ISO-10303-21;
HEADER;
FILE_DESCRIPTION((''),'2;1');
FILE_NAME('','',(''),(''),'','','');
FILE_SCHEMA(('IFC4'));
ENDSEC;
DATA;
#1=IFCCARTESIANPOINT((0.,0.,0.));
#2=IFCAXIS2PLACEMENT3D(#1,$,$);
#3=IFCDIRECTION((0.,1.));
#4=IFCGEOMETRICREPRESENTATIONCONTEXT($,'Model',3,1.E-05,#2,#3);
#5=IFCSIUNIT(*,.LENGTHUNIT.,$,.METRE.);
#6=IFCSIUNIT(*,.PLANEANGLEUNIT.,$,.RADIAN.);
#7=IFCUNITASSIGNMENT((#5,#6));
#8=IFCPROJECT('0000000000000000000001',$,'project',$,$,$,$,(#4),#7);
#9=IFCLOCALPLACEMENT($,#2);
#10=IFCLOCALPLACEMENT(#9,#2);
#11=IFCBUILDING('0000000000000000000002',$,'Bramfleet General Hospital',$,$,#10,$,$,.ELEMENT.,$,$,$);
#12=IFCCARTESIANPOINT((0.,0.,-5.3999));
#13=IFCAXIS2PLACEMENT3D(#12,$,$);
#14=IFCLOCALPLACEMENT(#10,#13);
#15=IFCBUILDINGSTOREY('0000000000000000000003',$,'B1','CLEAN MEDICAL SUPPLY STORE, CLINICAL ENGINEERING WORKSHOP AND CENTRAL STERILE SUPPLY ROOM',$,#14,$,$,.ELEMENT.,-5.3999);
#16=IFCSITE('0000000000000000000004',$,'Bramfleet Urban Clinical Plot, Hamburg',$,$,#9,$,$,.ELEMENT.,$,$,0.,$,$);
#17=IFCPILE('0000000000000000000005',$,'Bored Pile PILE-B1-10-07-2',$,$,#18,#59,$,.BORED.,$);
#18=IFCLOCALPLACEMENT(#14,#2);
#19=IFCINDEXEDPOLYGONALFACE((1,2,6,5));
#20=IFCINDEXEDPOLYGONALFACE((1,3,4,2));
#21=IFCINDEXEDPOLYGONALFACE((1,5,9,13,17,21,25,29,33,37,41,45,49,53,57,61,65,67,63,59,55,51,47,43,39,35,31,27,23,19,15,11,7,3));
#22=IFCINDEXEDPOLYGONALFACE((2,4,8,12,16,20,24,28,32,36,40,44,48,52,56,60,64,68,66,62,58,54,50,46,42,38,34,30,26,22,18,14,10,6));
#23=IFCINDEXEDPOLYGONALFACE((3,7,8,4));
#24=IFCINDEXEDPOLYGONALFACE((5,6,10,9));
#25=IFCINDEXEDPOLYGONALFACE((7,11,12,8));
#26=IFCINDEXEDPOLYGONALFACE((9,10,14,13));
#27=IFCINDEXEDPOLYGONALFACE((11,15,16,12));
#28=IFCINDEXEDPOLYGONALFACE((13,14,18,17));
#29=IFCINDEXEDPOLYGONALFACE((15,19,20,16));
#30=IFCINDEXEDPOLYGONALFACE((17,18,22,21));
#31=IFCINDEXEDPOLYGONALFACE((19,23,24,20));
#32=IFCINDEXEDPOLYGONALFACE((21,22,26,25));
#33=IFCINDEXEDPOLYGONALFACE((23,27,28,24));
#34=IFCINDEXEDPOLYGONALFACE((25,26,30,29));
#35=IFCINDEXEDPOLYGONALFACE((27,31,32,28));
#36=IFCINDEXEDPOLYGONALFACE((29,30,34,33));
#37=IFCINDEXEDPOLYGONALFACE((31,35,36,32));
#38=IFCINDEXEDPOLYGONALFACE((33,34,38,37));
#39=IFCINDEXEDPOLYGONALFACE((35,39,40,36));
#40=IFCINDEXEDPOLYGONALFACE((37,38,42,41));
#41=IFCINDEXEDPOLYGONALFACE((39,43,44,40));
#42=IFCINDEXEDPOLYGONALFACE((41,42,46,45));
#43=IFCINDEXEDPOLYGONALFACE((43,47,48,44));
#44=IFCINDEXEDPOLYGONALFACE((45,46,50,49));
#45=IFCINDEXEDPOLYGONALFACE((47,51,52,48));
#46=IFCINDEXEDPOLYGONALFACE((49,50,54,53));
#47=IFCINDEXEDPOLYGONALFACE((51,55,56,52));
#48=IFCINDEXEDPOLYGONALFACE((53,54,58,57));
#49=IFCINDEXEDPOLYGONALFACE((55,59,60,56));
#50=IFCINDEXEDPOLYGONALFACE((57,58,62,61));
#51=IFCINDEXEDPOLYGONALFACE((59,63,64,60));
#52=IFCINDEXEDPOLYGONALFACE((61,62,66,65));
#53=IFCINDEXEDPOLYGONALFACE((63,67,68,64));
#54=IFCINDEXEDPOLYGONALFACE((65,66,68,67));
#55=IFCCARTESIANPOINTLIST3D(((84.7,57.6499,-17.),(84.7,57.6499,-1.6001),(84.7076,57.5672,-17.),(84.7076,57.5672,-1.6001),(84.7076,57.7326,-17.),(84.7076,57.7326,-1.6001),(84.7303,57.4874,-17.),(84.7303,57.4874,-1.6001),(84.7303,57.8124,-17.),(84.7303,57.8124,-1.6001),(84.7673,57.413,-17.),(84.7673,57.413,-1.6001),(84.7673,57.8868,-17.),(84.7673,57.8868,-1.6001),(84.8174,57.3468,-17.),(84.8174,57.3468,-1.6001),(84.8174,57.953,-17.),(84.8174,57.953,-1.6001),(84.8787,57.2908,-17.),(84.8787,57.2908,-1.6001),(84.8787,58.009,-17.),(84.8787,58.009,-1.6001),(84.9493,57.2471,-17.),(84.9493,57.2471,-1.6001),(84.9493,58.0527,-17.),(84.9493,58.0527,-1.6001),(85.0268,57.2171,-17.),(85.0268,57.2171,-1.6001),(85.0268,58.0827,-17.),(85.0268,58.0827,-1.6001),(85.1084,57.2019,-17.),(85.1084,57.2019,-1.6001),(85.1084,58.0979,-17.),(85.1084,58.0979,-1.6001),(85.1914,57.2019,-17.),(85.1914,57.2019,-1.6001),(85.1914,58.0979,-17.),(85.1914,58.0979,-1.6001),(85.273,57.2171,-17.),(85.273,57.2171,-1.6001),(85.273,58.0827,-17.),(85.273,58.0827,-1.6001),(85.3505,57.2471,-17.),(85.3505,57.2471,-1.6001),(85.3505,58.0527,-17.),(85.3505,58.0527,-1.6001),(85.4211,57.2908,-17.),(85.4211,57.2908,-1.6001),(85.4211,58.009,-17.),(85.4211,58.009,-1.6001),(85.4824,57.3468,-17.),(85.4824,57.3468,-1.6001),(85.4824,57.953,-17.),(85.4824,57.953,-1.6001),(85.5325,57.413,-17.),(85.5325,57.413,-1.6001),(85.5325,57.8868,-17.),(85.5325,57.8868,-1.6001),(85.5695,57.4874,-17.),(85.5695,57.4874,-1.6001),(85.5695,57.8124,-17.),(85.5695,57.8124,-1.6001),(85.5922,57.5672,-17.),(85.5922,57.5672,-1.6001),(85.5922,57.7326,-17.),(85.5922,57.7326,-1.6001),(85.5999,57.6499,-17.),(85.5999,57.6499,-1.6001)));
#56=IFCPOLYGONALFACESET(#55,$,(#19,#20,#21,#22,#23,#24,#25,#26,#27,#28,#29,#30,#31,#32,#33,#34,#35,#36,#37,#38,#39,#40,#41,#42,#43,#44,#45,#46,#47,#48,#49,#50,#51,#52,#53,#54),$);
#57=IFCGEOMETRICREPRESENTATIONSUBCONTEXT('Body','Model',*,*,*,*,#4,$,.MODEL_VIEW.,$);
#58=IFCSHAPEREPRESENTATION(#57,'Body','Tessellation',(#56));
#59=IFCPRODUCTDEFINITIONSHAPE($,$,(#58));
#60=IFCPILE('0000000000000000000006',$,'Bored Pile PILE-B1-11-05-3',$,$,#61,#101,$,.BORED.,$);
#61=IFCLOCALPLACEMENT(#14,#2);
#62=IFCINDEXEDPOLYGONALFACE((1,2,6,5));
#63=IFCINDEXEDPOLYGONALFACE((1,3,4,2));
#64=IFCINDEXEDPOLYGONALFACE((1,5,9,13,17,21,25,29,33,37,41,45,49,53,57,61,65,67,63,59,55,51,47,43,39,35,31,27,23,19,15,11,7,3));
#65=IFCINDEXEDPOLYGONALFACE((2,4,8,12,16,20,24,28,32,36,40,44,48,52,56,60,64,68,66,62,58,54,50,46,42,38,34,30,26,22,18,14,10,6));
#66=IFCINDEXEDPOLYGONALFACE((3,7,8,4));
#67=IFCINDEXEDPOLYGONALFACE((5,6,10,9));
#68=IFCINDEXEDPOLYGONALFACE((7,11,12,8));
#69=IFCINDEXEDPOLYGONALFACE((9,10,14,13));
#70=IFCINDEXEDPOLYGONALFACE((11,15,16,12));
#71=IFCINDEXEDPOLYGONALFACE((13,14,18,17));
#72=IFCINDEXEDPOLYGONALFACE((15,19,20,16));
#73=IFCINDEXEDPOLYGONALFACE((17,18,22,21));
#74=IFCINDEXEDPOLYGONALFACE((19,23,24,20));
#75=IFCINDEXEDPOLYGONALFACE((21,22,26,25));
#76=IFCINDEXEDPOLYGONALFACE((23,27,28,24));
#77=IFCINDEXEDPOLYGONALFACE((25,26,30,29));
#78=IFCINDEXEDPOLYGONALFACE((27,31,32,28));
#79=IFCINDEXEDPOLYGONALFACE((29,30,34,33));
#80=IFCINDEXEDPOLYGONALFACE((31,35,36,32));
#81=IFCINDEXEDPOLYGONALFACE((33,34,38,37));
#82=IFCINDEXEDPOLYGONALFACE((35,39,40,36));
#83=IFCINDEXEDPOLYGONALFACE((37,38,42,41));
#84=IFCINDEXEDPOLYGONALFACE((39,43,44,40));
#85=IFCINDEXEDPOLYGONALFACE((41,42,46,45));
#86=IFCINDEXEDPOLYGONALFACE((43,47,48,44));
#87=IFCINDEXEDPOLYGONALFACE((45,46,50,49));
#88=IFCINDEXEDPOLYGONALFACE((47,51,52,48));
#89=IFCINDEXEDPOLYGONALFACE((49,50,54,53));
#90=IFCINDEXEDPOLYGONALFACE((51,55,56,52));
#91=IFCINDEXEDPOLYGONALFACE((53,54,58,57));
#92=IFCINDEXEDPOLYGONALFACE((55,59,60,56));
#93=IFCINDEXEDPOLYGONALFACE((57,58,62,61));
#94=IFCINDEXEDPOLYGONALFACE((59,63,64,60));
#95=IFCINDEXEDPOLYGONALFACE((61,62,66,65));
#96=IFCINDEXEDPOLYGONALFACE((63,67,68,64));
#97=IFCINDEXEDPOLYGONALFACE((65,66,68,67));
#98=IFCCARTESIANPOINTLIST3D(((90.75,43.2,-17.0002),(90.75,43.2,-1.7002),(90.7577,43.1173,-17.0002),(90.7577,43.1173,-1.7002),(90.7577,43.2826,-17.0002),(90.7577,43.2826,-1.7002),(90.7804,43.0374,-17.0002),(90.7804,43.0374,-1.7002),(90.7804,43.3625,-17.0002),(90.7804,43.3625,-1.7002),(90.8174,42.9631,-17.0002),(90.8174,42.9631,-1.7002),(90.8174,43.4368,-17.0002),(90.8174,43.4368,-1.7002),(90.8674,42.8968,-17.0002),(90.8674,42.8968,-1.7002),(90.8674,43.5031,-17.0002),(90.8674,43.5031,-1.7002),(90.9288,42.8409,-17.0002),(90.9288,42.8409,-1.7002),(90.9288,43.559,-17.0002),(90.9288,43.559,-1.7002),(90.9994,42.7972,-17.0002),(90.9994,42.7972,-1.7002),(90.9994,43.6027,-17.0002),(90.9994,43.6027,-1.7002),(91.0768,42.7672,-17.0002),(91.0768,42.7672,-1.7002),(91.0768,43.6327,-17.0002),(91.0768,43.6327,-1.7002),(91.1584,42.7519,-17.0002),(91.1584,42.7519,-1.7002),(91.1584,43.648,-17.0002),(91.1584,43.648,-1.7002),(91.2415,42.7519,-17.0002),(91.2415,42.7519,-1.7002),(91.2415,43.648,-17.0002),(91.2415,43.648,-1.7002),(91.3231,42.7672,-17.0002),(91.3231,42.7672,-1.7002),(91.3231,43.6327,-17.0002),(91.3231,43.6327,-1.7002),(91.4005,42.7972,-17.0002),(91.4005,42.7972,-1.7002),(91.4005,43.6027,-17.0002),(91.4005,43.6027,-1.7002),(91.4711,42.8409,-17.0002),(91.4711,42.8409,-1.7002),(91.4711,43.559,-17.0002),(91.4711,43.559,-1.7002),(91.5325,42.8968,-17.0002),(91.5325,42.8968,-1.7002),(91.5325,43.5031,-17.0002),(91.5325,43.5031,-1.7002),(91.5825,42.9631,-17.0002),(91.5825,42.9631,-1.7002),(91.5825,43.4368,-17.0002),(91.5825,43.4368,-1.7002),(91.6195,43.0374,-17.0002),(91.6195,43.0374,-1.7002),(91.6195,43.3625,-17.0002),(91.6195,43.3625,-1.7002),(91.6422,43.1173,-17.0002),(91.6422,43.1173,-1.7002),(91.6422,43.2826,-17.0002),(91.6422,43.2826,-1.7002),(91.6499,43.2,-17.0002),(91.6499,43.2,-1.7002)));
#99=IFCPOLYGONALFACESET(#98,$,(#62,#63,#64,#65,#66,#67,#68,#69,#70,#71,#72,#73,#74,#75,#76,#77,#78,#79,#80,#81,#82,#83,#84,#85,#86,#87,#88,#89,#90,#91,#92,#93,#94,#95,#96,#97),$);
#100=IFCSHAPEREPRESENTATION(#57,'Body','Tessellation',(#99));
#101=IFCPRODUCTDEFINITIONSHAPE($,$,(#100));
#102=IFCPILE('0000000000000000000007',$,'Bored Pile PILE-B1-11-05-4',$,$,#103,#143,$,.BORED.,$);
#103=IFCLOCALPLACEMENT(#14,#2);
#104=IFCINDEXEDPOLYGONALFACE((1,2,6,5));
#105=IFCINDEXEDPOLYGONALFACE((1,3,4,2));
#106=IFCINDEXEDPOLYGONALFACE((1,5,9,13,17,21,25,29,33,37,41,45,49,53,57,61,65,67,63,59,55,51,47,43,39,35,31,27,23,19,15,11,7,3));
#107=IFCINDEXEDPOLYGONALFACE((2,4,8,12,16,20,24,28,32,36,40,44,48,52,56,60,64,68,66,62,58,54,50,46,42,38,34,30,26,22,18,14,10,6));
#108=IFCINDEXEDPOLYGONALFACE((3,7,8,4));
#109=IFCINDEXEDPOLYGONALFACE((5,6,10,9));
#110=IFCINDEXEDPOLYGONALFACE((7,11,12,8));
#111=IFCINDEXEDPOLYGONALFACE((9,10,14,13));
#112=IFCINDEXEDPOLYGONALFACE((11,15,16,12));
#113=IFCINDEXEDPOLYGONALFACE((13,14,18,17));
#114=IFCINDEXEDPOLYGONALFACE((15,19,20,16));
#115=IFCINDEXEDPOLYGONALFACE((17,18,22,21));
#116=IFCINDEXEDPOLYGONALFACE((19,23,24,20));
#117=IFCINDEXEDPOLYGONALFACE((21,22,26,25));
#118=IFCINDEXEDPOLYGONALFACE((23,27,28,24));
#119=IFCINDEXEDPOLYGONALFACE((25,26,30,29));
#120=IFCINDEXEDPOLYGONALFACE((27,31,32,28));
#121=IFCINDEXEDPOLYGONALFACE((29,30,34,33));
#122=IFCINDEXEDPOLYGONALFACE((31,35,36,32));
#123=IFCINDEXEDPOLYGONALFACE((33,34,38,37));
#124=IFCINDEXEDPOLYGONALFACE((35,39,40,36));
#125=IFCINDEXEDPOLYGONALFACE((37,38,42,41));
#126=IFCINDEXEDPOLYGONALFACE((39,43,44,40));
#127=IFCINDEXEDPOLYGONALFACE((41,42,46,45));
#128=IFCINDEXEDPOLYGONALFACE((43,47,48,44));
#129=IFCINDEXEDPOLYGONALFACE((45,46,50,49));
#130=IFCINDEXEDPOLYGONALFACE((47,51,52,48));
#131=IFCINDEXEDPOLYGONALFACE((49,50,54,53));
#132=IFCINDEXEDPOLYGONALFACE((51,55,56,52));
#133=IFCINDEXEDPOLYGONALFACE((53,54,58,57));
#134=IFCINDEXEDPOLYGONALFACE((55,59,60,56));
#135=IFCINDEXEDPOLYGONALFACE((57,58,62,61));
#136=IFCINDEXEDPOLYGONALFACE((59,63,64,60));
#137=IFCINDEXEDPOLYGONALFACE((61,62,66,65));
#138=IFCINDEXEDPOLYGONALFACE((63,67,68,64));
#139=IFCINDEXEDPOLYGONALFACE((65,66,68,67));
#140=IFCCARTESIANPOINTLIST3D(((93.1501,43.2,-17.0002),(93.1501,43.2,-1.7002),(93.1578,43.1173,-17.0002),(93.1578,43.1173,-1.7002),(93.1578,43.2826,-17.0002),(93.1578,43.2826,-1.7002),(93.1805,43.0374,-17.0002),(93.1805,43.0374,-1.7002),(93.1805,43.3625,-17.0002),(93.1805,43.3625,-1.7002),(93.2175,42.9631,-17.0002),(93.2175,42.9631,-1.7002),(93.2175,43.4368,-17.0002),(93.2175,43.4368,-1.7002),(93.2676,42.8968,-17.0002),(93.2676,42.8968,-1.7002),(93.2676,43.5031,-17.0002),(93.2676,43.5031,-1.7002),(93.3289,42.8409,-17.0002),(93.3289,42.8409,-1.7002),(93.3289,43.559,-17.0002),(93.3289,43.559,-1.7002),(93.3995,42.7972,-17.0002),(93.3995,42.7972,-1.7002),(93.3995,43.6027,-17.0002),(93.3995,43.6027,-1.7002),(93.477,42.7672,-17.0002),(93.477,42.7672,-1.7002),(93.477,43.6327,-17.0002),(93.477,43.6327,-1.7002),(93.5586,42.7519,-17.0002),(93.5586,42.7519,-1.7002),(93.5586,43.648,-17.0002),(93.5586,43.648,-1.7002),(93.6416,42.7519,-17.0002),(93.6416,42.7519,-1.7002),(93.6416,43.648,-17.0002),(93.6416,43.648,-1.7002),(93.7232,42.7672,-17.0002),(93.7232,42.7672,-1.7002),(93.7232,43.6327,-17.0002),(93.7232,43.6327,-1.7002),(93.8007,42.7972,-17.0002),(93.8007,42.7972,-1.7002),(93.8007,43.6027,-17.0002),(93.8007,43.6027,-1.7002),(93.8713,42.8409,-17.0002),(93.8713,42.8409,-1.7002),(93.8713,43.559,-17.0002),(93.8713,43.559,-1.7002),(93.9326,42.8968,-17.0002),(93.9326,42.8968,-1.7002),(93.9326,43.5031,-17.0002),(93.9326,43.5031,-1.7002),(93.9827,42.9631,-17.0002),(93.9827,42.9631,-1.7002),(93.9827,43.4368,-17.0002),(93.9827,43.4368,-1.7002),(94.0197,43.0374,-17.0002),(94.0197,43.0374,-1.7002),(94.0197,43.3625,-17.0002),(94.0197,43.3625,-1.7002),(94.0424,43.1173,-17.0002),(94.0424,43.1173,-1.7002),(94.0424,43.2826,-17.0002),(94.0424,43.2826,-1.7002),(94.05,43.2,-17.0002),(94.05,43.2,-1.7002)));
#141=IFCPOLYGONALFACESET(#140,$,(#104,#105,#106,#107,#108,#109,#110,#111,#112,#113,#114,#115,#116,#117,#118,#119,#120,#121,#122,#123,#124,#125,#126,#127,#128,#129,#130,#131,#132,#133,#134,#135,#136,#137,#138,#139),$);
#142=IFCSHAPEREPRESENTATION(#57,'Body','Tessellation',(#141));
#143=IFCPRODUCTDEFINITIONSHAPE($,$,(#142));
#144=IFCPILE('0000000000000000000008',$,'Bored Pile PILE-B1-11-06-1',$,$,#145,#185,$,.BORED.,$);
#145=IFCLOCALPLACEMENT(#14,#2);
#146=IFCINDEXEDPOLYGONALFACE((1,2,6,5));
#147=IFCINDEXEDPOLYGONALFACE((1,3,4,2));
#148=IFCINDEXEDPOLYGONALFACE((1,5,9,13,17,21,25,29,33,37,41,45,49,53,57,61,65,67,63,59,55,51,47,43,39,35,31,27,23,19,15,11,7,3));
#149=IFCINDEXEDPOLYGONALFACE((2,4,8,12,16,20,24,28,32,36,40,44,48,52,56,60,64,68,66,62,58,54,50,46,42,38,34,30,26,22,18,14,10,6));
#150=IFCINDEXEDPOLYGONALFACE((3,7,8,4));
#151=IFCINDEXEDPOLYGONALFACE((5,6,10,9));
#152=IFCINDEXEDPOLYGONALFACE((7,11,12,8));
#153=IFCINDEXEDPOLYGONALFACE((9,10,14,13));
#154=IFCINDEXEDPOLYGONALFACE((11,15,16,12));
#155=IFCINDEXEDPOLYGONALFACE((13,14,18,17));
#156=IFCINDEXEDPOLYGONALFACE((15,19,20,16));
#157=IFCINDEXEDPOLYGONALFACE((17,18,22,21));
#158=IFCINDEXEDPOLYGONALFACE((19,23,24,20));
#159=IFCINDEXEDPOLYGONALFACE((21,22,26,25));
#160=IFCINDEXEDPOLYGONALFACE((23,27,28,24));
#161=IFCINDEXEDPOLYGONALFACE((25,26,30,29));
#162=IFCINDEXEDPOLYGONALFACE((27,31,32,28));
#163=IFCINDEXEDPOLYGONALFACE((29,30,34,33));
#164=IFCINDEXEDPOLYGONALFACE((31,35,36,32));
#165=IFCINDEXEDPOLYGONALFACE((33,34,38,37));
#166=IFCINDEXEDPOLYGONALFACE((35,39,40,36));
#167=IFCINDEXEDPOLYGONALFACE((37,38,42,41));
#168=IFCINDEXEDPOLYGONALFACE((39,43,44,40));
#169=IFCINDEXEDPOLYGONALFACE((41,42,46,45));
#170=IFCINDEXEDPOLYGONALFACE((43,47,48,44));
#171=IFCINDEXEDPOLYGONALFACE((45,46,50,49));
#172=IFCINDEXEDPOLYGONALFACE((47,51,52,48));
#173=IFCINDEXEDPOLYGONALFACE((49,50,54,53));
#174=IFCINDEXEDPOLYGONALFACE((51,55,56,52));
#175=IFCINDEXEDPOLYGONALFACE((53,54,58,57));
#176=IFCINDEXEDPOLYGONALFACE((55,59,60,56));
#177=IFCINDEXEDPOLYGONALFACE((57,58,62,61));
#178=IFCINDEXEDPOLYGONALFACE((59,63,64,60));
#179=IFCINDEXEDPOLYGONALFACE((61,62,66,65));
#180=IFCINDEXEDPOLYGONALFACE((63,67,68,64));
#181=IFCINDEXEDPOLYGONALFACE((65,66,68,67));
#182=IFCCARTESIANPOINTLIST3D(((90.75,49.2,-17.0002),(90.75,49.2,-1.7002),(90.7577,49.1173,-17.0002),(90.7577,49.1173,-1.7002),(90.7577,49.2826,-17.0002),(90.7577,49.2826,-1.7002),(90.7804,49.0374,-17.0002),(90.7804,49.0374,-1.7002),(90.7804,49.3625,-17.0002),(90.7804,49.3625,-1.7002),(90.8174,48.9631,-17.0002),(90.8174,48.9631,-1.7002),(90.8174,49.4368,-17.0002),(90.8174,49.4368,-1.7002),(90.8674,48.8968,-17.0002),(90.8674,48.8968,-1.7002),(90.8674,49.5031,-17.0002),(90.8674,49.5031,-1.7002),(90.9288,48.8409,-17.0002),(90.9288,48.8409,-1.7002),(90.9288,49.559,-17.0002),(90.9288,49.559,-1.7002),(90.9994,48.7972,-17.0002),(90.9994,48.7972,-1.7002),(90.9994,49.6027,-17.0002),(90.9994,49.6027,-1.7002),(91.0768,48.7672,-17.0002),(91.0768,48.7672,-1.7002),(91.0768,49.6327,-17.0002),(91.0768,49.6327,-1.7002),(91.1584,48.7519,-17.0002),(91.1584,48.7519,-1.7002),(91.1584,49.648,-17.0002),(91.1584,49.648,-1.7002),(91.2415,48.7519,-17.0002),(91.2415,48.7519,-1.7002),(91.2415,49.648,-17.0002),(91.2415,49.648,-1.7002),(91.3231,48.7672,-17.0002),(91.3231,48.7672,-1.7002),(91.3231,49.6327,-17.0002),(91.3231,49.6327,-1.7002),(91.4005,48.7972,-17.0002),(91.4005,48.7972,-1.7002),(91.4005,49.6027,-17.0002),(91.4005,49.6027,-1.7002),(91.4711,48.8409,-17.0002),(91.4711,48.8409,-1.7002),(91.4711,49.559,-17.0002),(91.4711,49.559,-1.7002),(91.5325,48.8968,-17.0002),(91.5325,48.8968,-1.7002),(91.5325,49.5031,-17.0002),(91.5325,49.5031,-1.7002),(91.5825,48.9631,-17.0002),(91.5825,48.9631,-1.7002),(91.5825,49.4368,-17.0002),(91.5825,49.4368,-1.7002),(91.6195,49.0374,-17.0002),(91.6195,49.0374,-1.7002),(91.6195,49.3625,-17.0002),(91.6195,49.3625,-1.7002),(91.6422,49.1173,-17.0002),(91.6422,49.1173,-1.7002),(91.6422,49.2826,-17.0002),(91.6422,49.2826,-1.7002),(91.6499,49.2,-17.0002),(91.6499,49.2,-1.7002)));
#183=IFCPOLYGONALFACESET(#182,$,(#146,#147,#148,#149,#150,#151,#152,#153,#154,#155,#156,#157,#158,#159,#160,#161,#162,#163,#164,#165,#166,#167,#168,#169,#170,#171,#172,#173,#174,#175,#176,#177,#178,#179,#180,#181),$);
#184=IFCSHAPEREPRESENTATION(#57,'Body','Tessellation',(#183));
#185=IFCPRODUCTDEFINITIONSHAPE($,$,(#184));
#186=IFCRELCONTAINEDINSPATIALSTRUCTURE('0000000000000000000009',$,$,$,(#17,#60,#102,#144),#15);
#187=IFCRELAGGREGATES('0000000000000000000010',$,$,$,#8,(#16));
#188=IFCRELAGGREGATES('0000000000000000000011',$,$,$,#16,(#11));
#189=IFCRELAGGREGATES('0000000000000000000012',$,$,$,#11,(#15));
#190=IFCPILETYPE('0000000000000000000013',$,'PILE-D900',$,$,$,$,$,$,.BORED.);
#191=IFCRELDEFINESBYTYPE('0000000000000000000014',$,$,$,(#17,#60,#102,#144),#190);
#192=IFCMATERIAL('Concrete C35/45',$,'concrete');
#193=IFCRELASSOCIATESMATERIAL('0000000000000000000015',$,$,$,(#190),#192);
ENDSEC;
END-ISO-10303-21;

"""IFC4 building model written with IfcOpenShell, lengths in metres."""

from ifc_helpers import new_model, si_unit, direction, frame, origin, origin_2d, place, context, subcontext, project, spatial, circle, extrude, material, material_profile, profile_set, type_object, element, save


model = new_model("IFC4")

# Units and contexts
model_context = context("Model", 3, precision=1e-05, world=origin(), true_north=direction((0.0, 1.0)))
body_context = subcontext(model_context, "Body", "Model", "MODEL_VIEW")
ifc_project = project(units=[si_unit("LENGTHUNIT", "METRE"), si_unit("PLANEANGLEUNIT", "RADIAN")], contexts=[model_context])

# Site, building, storey
site_placement = place(None, origin())
site = spatial("IfcSite", under=ifc_project, at=site_placement, Name="Bramfleet Urban Clinical Plot, Hamburg", CompositionType="ELEMENT", RefElevation=0.0)
building_placement = place(site_placement, origin())
building = spatial("IfcBuilding", under=site, at=building_placement, Name="Bramfleet General Hospital", CompositionType="ELEMENT")
storey_placement = place(building_placement, frame((0.0, 0.0, -5.3999)))
storey = spatial("IfcBuildingStorey", under=building, at=storey_placement, Name="B1", Description="CLEAN MEDICAL SUPPLY STORE, CLINICAL ENGINEERING WORKSHOP AND CENTRAL STERILE SUPPLY ROOM", CompositionType="ELEMENT", Elevation=-5.3999)

# Shared definitions
ifc_material_1 = material(Name="Concrete C35/45", Category="concrete")

# Piles
ifc_material_profile_1 = material_profile(ifc_material_1, circle(Radius=0.45, at=origin_2d()), Name="PILE BORED D900")
ifc_profile_set_1 = profile_set([ifc_material_profile_1], Name="Concrete C35/45")
pile_type = type_object("IfcPileType", Name="PILE-D900", PredefinedType="BORED", material=ifc_profile_set_1)
for number, where, z_axis, x_axis, name in (
    (1, (85.1499, 57.6499, -1.6001), (0.0, 0.0, -1.0), (1.0, 0.0, 0.0), "Bored Pile PILE-B1-10-07-2"),
):
    element("IfcPile", number, at=place(storey_placement, frame(where, z_axis=z_axis, x_axis=x_axis)), inside=storey, type_object=pile_type, Name=name, PredefinedType="BORED", context=body_context, shape_type="SweptSolid", body=[
        extrude(circle(Radius=0.45, at=origin_2d()), origin(), (0.0, 0.0, 1.0), 15.3999),
    ])
for number, where, z_axis, x_axis, name in (
    (2, (91.2, 43.2, -1.7002), (0.0, 0.0, -1.0), (1.0, 0.0, 0.0), "Bored Pile PILE-B1-11-05-3"),
    (3, (93.6001, 43.2, -1.7002), (0.0, 0.0, -1.0), (1.0, 0.0, 0.0), "Bored Pile PILE-B1-11-05-4"),
    (4, (91.2, 49.2, -1.7002), (0.0, 0.0, -1.0), (1.0, 0.0, 0.0), "Bored Pile PILE-B1-11-06-1"),
):
    element("IfcPile", number, at=place(storey_placement, frame(where, z_axis=z_axis, x_axis=x_axis)), inside=storey, type_object=pile_type, Name=name, PredefinedType="BORED", context=body_context, shape_type="SweptSolid", body=[
        extrude(circle(Radius=0.45, at=origin_2d()), origin(), (0.0, 0.0, 1.0), 15.3),
    ])

save(model, "model.ifc")
